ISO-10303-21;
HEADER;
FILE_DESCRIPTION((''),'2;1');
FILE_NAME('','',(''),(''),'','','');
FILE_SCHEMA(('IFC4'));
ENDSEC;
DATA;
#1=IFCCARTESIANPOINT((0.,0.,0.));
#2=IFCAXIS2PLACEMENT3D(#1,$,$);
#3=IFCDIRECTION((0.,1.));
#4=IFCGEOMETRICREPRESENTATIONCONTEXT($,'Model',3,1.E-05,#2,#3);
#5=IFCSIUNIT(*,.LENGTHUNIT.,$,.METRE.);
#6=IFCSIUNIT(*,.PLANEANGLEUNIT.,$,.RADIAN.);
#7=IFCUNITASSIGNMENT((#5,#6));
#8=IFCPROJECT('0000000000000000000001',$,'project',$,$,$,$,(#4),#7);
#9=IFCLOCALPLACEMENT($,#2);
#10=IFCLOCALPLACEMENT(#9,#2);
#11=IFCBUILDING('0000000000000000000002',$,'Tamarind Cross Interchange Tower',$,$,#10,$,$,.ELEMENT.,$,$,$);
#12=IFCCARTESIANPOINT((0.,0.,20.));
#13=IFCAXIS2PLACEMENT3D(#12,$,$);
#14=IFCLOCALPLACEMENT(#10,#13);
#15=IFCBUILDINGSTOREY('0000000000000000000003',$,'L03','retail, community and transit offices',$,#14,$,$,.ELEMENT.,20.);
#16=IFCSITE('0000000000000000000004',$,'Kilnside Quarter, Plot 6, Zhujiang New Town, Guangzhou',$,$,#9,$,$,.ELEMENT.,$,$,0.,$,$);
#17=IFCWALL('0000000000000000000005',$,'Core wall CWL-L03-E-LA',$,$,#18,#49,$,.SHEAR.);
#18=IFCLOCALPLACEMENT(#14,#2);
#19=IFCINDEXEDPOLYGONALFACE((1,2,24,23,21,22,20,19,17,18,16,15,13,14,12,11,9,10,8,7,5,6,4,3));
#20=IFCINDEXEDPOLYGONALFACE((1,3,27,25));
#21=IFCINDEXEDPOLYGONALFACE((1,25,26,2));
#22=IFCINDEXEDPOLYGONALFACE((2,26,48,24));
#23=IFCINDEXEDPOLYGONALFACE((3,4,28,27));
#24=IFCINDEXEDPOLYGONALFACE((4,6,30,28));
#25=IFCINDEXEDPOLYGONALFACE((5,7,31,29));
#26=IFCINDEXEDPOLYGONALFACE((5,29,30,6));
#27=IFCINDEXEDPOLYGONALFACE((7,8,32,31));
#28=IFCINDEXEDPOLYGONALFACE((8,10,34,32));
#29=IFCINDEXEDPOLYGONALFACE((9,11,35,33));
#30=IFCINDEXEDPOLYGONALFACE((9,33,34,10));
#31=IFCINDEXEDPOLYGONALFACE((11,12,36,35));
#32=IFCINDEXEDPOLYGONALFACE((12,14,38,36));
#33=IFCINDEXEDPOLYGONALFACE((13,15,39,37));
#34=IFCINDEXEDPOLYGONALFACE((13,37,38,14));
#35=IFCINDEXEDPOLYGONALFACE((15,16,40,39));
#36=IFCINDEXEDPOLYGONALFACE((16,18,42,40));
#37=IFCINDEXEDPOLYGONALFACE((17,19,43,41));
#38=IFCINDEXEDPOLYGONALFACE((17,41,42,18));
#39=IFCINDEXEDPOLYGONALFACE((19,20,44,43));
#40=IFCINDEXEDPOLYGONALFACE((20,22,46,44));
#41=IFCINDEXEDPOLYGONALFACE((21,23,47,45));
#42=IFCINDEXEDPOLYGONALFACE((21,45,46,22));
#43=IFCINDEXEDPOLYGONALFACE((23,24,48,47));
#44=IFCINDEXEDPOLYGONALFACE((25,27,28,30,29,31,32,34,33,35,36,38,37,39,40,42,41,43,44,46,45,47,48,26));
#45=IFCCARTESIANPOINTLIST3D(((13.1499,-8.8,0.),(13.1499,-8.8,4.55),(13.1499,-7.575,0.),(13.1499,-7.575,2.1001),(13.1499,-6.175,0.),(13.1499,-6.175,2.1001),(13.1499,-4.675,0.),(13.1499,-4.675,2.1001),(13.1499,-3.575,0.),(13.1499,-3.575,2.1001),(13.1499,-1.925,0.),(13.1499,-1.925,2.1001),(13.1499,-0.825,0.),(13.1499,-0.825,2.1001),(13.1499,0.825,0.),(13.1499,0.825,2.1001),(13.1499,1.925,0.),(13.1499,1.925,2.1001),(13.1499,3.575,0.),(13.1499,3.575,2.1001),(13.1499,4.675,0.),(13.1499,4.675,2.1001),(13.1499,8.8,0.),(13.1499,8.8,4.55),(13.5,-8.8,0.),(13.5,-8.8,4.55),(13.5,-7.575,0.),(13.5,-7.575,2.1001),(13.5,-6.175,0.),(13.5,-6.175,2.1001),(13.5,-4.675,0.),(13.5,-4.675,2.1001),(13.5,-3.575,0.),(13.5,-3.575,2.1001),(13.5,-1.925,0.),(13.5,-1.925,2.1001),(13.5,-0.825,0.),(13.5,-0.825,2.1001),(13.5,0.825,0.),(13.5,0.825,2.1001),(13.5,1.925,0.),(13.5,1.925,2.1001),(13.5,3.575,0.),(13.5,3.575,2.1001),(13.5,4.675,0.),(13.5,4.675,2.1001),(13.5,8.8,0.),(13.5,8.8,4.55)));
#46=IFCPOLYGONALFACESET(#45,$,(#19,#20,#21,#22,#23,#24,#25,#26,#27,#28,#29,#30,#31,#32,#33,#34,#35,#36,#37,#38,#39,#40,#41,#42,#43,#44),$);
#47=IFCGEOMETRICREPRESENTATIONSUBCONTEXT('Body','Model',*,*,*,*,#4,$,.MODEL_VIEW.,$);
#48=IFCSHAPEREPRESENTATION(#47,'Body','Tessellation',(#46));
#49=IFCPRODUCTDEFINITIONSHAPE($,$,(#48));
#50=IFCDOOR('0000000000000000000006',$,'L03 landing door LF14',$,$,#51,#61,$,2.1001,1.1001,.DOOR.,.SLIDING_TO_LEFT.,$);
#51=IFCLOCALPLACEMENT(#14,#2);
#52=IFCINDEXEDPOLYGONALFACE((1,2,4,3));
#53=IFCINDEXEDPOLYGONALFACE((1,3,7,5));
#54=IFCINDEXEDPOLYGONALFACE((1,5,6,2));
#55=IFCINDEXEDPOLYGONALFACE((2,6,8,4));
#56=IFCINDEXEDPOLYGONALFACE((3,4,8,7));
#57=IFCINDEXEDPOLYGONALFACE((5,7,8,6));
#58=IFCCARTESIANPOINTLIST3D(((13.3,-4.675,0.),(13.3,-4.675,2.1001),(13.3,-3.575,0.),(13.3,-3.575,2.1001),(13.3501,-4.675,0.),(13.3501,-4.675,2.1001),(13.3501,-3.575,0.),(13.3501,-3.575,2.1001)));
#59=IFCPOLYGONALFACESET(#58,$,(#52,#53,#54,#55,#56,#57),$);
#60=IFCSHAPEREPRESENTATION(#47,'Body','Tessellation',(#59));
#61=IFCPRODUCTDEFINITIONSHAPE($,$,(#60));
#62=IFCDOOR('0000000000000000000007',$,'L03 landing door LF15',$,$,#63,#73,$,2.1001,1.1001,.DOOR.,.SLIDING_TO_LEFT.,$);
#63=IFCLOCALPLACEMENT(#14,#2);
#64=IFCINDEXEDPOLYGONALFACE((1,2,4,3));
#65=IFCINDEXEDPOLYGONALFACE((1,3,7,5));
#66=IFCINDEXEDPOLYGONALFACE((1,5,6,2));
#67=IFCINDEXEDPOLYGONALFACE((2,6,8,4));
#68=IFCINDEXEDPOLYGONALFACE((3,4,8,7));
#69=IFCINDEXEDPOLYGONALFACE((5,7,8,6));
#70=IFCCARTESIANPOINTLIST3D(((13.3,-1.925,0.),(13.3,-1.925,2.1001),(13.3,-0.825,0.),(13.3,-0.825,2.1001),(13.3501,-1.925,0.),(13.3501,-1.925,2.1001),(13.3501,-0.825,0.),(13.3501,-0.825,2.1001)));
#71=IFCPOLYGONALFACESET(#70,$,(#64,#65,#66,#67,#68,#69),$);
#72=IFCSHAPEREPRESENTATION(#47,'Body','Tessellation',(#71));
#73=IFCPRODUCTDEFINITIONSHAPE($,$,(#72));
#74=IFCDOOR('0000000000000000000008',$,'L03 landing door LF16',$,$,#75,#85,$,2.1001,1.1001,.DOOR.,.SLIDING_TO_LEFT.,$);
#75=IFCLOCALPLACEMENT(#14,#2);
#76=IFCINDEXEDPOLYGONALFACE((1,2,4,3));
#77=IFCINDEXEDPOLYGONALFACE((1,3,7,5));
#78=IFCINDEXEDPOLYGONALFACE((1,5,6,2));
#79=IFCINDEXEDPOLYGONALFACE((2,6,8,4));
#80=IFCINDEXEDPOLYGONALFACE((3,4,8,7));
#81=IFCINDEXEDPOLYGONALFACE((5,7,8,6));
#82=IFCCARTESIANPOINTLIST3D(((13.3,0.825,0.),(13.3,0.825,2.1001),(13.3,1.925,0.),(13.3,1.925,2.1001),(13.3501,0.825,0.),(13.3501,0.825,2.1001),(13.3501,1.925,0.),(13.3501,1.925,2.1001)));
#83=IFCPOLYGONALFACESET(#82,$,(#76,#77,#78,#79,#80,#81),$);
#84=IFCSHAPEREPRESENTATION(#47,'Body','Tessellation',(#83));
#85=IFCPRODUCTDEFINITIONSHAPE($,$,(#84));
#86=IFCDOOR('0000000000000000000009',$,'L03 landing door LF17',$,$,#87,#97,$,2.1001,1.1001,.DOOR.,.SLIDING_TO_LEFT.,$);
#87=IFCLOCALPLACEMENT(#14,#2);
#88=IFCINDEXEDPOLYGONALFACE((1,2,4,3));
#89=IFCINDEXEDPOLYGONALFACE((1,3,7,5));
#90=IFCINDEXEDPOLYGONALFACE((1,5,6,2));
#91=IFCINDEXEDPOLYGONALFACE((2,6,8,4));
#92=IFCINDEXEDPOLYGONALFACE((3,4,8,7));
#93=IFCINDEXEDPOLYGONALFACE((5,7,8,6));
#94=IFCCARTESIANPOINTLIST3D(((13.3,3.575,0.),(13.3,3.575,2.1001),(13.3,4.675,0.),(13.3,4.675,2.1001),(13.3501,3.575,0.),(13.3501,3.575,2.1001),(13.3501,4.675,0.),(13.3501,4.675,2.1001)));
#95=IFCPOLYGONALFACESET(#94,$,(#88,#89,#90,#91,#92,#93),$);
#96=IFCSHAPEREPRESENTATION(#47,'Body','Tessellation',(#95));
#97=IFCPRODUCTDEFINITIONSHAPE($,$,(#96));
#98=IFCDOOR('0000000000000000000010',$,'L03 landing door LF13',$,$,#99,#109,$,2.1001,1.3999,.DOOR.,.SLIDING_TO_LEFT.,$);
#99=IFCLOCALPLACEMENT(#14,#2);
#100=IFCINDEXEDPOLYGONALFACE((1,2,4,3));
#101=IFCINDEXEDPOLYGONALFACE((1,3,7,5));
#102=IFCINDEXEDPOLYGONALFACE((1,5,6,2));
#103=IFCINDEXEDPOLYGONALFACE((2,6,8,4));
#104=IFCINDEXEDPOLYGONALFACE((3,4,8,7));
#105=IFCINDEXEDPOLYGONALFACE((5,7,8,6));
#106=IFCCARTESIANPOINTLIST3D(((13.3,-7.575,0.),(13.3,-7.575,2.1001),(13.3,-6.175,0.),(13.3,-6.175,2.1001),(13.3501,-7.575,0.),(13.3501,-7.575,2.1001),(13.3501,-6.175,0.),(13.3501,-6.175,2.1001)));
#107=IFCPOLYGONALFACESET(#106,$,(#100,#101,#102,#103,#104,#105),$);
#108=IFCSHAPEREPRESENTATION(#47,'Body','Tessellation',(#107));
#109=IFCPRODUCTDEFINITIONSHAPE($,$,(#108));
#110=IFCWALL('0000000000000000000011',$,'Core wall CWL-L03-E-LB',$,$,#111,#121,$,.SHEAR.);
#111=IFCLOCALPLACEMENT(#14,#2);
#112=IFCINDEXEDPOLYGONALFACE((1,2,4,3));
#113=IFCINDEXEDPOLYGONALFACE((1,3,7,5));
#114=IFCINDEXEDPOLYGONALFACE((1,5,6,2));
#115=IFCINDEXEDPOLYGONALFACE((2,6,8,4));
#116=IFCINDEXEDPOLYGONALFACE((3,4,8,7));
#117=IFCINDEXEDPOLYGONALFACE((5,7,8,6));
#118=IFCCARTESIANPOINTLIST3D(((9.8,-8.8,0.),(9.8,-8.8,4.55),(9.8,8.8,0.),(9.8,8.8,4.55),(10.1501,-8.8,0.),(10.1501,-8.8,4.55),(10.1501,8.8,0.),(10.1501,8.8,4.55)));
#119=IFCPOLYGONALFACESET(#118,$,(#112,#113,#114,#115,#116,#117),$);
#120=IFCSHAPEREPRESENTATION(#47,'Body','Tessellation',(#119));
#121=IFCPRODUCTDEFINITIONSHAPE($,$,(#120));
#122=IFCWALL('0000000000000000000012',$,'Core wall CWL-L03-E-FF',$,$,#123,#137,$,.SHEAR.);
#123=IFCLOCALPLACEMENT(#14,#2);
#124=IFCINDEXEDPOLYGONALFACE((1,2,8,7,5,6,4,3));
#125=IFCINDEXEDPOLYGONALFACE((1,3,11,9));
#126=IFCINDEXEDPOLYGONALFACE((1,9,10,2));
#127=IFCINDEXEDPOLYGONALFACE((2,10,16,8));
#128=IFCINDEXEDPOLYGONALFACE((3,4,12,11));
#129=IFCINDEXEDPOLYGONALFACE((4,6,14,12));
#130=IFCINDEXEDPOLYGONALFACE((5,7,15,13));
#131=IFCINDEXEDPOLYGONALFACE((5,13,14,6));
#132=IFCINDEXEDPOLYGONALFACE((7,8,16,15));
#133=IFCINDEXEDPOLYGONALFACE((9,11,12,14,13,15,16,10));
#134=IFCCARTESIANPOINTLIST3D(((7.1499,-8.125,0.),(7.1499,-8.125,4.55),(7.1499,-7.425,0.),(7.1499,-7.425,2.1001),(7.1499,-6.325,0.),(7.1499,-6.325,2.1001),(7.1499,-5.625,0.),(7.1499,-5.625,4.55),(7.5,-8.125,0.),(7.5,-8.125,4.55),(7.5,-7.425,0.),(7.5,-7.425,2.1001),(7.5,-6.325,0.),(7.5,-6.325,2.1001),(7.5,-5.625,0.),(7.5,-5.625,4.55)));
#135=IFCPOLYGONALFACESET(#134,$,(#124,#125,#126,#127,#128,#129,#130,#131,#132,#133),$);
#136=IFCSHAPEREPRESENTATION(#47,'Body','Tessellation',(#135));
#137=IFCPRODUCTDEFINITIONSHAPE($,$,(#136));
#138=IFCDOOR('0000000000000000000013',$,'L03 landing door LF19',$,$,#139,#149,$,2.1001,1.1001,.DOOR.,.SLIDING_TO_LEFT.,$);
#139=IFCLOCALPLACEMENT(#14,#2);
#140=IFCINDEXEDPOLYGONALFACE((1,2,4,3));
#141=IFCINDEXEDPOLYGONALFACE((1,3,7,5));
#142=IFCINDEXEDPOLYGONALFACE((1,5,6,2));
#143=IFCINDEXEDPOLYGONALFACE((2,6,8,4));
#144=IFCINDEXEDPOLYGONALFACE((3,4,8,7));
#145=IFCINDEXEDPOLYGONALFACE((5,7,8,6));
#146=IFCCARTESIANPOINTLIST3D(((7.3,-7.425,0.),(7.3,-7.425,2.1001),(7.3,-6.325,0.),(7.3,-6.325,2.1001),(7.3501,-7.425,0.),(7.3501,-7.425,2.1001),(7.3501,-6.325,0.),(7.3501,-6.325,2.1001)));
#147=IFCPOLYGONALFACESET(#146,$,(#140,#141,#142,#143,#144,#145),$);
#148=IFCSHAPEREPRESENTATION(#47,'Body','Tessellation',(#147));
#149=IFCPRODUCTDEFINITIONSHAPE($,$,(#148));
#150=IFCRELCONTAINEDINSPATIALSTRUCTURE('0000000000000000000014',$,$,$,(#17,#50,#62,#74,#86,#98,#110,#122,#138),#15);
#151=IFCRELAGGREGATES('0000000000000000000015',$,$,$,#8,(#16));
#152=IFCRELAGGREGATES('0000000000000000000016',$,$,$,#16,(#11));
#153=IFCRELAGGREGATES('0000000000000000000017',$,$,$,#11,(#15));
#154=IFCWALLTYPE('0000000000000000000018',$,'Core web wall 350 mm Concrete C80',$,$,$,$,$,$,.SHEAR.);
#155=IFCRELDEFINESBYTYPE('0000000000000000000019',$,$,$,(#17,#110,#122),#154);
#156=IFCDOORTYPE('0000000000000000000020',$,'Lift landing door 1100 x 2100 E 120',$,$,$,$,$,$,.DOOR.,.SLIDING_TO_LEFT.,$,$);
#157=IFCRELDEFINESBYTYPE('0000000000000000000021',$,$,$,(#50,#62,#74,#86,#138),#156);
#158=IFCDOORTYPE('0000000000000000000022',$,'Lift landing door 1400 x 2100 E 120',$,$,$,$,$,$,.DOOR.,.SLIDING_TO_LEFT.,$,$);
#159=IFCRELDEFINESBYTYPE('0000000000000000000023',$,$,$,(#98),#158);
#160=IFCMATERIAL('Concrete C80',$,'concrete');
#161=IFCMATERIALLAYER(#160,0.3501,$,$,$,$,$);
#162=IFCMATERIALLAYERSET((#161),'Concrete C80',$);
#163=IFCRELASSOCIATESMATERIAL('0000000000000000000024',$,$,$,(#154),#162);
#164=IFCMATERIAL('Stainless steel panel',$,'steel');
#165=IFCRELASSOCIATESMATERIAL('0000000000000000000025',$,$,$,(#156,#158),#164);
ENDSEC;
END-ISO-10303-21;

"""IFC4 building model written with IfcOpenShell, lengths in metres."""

from ifc_helpers import new_model, si_unit, direction, frame, frame_2d, origin, place, context, subcontext, project, spatial, rectangle, extrude, material, layer, layer_set, type_object, element, fill, save


model = new_model("IFC4")

# Units and contexts
model_context = context("Model", 3, precision=1e-05, world=origin(), true_north=direction((0.0, 1.0)))
body_context = subcontext(model_context, "Body", "Model", "MODEL_VIEW")
ifc_project = project(units=[si_unit("LENGTHUNIT", "METRE"), si_unit("PLANEANGLEUNIT", "RADIAN")], contexts=[model_context])

# Site, building, storey
site_placement = place(None, origin())
site = spatial("IfcSite", under=ifc_project, at=site_placement, Name="Kilnside Quarter, Plot 6, Zhujiang New Town, Guangzhou", CompositionType="ELEMENT", RefElevation=0.0)
building_placement = place(site_placement, origin())
building = spatial("IfcBuilding", under=site, at=building_placement, Name="Tamarind Cross Interchange Tower", CompositionType="ELEMENT")
storey_placement = place(building_placement, frame((0.0, 0.0, 20.0)))
storey = spatial("IfcBuildingStorey", under=building, at=storey_placement, Name="L03", Description="retail, community and transit offices", CompositionType="ELEMENT", Elevation=20.0)

# Wall, openings, doors
ifc_material_1 = material(Name="Concrete C80", Category="concrete")
ifc_layer_1 = layer(ifc_material_1, 0.3501)
ifc_layer_set_1 = layer_set([ifc_layer_1], Name="Concrete C80")
wall_type_1 = type_object("IfcWallType", Name="Core web wall 350 mm Concrete C80", PredefinedType="SHEAR", material=ifc_layer_set_1)
wall_1_placement = place(storey_placement, frame((13.325, -8.8, 0.0), z_axis=(0.0, 0.0, 1.0), x_axis=(0.0, 1.0, 0.0)))
wall_1 = element("IfcWall", 1, at=wall_1_placement, inside=storey, type_object=wall_type_1, Name="Core wall CWL-L03-E-LA", PredefinedType="SHEAR", context=body_context, shape_type="SweptSolid", body=[
    extrude(rectangle(XDim=17.6001, YDim=0.3501, at=frame_2d((8.8, 0.0))), origin(), (0.0, 0.0, 1.0), 4.55),
])
opening_1_placement = place(wall_1_placement, frame((1.2251, 0.0, 0.0)))
opening_1 = element("IfcOpeningElement", 2, at=opening_1_placement, cuts=wall_1, PredefinedType="OPENING", context=body_context, shape_type="SweptSolid", body=[
    extrude(rectangle(XDim=1.3999, YDim=2.1001, at=frame_2d((0.7, 1.05))), frame((0.0, 0.1851, 0.0), z_axis=(0.0, -1.0, 0.0), x_axis=(1.0, 0.0, 0.0)), (0.0, 0.0, 1.0), 0.3701),
])
opening_2_placement = place(wall_1_placement, frame((4.125, 0.0, 0.0)))
opening_2 = element("IfcOpeningElement", 3, at=opening_2_placement, cuts=wall_1, PredefinedType="OPENING", context=body_context, shape_type="SweptSolid", body=[
    extrude(rectangle(XDim=1.1001, YDim=2.1001, at=frame_2d((0.55, 1.05))), frame((0.0, 0.1851, 0.0), z_axis=(0.0, -1.0, 0.0), x_axis=(1.0, 0.0, 0.0)), (0.0, 0.0, 1.0), 0.3701),
])
opening_3_placement = place(wall_1_placement, frame((6.875, 0.0, 0.0)))
opening_3 = element("IfcOpeningElement", 4, at=opening_3_placement, cuts=wall_1, PredefinedType="OPENING", context=body_context, shape_type="SweptSolid", body=[
    extrude(rectangle(XDim=1.1001, YDim=2.1001, at=frame_2d((0.55, 1.05))), frame((0.0, 0.1851, 0.0), z_axis=(0.0, -1.0, 0.0), x_axis=(1.0, 0.0, 0.0)), (0.0, 0.0, 1.0), 0.3701),
])
opening_4_placement = place(wall_1_placement, frame((9.625, 0.0, 0.0)))
opening_4 = element("IfcOpeningElement", 5, at=opening_4_placement, cuts=wall_1, PredefinedType="OPENING", context=body_context, shape_type="SweptSolid", body=[
    extrude(rectangle(XDim=1.1001, YDim=2.1001, at=frame_2d((0.55, 1.05))), frame((0.0, 0.1851, 0.0), z_axis=(0.0, -1.0, 0.0), x_axis=(1.0, 0.0, 0.0)), (0.0, 0.0, 1.0), 0.3701),
])
opening_5_placement = place(wall_1_placement, frame((12.375, 0.0, 0.0)))
opening_5 = element("IfcOpeningElement", 6, at=opening_5_placement, cuts=wall_1, PredefinedType="OPENING", context=body_context, shape_type="SweptSolid", body=[
    extrude(rectangle(XDim=1.1001, YDim=2.1001, at=frame_2d((0.55, 1.05))), frame((0.0, 0.1851, 0.0), z_axis=(0.0, -1.0, 0.0), x_axis=(1.0, 0.0, 0.0)), (0.0, 0.0, 1.0), 0.3701),
])
ifc_material_2 = material(Name="Stainless steel panel", Category="steel")
door_type_1 = type_object("IfcDoorType", Name="Lift landing door 1100 x 2100 E 120", OperationType="SLIDING_TO_LEFT", PredefinedType="DOOR", material=ifc_material_2)
door_1_placement = place(opening_2_placement, origin())
door_1 = element("IfcDoor", 7, at=door_1_placement, inside=storey, type_object=door_type_1, Name="L03 landing door LF14", OperationType="SLIDING_TO_LEFT", OverallHeight=2.1001, OverallWidth=1.1001, PredefinedType="DOOR", context=body_context, shape_type="SweptSolid", body=[
    extrude(rectangle(XDim=1.1001, YDim=2.1001, at=frame_2d((0.55, 1.05))), frame((0.0, 0.0249, 0.0), z_axis=(0.0, -1.0, 0.0), x_axis=(1.0, 0.0, 0.0)), (0.0, 0.0, 1.0), 0.05),
])
fill(opening_2, door_1)
door_2_placement = place(opening_3_placement, origin())
door_2 = element("IfcDoor", 8, at=door_2_placement, inside=storey, type_object=door_type_1, Name="L03 landing door LF15", OperationType="SLIDING_TO_LEFT", OverallHeight=2.1001, OverallWidth=1.1001, PredefinedType="DOOR", context=body_context, shape_type="SweptSolid", body=[
    extrude(rectangle(XDim=1.1001, YDim=2.1001, at=frame_2d((0.55, 1.05))), frame((0.0, 0.0249, 0.0), z_axis=(0.0, -1.0, 0.0), x_axis=(1.0, 0.0, 0.0)), (0.0, 0.0, 1.0), 0.05),
])
fill(opening_3, door_2)
door_3_placement = place(opening_4_placement, origin())
door_3 = element("IfcDoor", 9, at=door_3_placement, inside=storey, type_object=door_type_1, Name="L03 landing door LF16", OperationType="SLIDING_TO_LEFT", OverallHeight=2.1001, OverallWidth=1.1001, PredefinedType="DOOR", context=body_context, shape_type="SweptSolid", body=[
    extrude(rectangle(XDim=1.1001, YDim=2.1001, at=frame_2d((0.55, 1.05))), frame((0.0, 0.0249, 0.0), z_axis=(0.0, -1.0, 0.0), x_axis=(1.0, 0.0, 0.0)), (0.0, 0.0, 1.0), 0.05),
])
fill(opening_4, door_3)
door_4_placement = place(opening_5_placement, origin())
door_4 = element("IfcDoor", 10, at=door_4_placement, inside=storey, type_object=door_type_1, Name="L03 landing door LF17", OperationType="SLIDING_TO_LEFT", OverallHeight=2.1001, OverallWidth=1.1001, PredefinedType="DOOR", context=body_context, shape_type="SweptSolid", body=[
    extrude(rectangle(XDim=1.1001, YDim=2.1001, at=frame_2d((0.55, 1.05))), frame((0.0, 0.0249, 0.0), z_axis=(0.0, -1.0, 0.0), x_axis=(1.0, 0.0, 0.0)), (0.0, 0.0, 1.0), 0.05),
])
fill(opening_5, door_4)
door_type_2 = type_object("IfcDoorType", Name="Lift landing door 1400 x 2100 E 120", OperationType="SLIDING_TO_LEFT", PredefinedType="DOOR", material=ifc_material_2)
door_5_placement = place(opening_1_placement, origin())
door_5 = element("IfcDoor", 11, at=door_5_placement, inside=storey, type_object=door_type_2, Name="L03 landing door LF13", OperationType="SLIDING_TO_LEFT", OverallHeight=2.1001, OverallWidth=1.3999, PredefinedType="DOOR", context=body_context, shape_type="SweptSolid", body=[
    extrude(rectangle(XDim=1.3999, YDim=2.1001, at=frame_2d((0.7, 1.05))), frame((0.0, 0.0249, 0.0), z_axis=(0.0, -1.0, 0.0), x_axis=(1.0, 0.0, 0.0)), (0.0, 0.0, 1.0), 0.05),
])
fill(opening_1, door_5)

# Wall
wall_2_placement = place(storey_placement, frame((9.9751, -8.8, 0.0), z_axis=(0.0, 0.0, 1.0), x_axis=(0.0, 1.0, 0.0)))
element("IfcWall", 12, at=wall_2_placement, inside=storey, type_object=wall_type_1, Name="Core wall CWL-L03-E-LB", PredefinedType="SHEAR", context=body_context, shape_type="SweptSolid", body=[
    extrude(rectangle(XDim=17.6001, YDim=0.3501, at=frame_2d((8.8, 0.0))), origin(), (0.0, 0.0, 1.0), 4.55),
])

# Wall, opening, door
wall_3_placement = place(storey_placement, frame((7.325, -8.125, 0.0), z_axis=(0.0, 0.0, 1.0), x_axis=(0.0, 1.0, 0.0)))
wall_3 = element("IfcWall", 13, at=wall_3_placement, inside=storey, type_object=wall_type_1, Name="Core wall CWL-L03-E-FF", PredefinedType="SHEAR", context=body_context, shape_type="SweptSolid", body=[
    extrude(rectangle(XDim=2.5, YDim=0.3501, at=frame_2d((1.25, 0.0))), origin(), (0.0, 0.0, 1.0), 4.55),
])
opening_6_placement = place(wall_3_placement, frame((0.7, 0.0, 0.0)))
opening_6 = element("IfcOpeningElement", 14, at=opening_6_placement, cuts=wall_3, PredefinedType="OPENING", context=body_context, shape_type="SweptSolid", body=[
    extrude(rectangle(XDim=1.1001, YDim=2.1001, at=frame_2d((0.55, 1.05))), frame((0.0, 0.1851, 0.0), z_axis=(0.0, -1.0, 0.0), x_axis=(1.0, 0.0, 0.0)), (0.0, 0.0, 1.0), 0.3701),
])
door_6_placement = place(opening_6_placement, origin())
door_6 = element("IfcDoor", 15, at=door_6_placement, inside=storey, type_object=door_type_1, Name="L03 landing door LF19", OperationType="SLIDING_TO_LEFT", OverallHeight=2.1001, OverallWidth=1.1001, PredefinedType="DOOR", context=body_context, shape_type="SweptSolid", body=[
    extrude(rectangle(XDim=1.1001, YDim=2.1001, at=frame_2d((0.55, 1.05))), frame((0.0, 0.0249, 0.0), z_axis=(0.0, -1.0, 0.0), x_axis=(1.0, 0.0, 0.0)), (0.0, 0.0, 1.0), 0.05),
])
fill(opening_6, door_6)

save(model, "model.ifc")
